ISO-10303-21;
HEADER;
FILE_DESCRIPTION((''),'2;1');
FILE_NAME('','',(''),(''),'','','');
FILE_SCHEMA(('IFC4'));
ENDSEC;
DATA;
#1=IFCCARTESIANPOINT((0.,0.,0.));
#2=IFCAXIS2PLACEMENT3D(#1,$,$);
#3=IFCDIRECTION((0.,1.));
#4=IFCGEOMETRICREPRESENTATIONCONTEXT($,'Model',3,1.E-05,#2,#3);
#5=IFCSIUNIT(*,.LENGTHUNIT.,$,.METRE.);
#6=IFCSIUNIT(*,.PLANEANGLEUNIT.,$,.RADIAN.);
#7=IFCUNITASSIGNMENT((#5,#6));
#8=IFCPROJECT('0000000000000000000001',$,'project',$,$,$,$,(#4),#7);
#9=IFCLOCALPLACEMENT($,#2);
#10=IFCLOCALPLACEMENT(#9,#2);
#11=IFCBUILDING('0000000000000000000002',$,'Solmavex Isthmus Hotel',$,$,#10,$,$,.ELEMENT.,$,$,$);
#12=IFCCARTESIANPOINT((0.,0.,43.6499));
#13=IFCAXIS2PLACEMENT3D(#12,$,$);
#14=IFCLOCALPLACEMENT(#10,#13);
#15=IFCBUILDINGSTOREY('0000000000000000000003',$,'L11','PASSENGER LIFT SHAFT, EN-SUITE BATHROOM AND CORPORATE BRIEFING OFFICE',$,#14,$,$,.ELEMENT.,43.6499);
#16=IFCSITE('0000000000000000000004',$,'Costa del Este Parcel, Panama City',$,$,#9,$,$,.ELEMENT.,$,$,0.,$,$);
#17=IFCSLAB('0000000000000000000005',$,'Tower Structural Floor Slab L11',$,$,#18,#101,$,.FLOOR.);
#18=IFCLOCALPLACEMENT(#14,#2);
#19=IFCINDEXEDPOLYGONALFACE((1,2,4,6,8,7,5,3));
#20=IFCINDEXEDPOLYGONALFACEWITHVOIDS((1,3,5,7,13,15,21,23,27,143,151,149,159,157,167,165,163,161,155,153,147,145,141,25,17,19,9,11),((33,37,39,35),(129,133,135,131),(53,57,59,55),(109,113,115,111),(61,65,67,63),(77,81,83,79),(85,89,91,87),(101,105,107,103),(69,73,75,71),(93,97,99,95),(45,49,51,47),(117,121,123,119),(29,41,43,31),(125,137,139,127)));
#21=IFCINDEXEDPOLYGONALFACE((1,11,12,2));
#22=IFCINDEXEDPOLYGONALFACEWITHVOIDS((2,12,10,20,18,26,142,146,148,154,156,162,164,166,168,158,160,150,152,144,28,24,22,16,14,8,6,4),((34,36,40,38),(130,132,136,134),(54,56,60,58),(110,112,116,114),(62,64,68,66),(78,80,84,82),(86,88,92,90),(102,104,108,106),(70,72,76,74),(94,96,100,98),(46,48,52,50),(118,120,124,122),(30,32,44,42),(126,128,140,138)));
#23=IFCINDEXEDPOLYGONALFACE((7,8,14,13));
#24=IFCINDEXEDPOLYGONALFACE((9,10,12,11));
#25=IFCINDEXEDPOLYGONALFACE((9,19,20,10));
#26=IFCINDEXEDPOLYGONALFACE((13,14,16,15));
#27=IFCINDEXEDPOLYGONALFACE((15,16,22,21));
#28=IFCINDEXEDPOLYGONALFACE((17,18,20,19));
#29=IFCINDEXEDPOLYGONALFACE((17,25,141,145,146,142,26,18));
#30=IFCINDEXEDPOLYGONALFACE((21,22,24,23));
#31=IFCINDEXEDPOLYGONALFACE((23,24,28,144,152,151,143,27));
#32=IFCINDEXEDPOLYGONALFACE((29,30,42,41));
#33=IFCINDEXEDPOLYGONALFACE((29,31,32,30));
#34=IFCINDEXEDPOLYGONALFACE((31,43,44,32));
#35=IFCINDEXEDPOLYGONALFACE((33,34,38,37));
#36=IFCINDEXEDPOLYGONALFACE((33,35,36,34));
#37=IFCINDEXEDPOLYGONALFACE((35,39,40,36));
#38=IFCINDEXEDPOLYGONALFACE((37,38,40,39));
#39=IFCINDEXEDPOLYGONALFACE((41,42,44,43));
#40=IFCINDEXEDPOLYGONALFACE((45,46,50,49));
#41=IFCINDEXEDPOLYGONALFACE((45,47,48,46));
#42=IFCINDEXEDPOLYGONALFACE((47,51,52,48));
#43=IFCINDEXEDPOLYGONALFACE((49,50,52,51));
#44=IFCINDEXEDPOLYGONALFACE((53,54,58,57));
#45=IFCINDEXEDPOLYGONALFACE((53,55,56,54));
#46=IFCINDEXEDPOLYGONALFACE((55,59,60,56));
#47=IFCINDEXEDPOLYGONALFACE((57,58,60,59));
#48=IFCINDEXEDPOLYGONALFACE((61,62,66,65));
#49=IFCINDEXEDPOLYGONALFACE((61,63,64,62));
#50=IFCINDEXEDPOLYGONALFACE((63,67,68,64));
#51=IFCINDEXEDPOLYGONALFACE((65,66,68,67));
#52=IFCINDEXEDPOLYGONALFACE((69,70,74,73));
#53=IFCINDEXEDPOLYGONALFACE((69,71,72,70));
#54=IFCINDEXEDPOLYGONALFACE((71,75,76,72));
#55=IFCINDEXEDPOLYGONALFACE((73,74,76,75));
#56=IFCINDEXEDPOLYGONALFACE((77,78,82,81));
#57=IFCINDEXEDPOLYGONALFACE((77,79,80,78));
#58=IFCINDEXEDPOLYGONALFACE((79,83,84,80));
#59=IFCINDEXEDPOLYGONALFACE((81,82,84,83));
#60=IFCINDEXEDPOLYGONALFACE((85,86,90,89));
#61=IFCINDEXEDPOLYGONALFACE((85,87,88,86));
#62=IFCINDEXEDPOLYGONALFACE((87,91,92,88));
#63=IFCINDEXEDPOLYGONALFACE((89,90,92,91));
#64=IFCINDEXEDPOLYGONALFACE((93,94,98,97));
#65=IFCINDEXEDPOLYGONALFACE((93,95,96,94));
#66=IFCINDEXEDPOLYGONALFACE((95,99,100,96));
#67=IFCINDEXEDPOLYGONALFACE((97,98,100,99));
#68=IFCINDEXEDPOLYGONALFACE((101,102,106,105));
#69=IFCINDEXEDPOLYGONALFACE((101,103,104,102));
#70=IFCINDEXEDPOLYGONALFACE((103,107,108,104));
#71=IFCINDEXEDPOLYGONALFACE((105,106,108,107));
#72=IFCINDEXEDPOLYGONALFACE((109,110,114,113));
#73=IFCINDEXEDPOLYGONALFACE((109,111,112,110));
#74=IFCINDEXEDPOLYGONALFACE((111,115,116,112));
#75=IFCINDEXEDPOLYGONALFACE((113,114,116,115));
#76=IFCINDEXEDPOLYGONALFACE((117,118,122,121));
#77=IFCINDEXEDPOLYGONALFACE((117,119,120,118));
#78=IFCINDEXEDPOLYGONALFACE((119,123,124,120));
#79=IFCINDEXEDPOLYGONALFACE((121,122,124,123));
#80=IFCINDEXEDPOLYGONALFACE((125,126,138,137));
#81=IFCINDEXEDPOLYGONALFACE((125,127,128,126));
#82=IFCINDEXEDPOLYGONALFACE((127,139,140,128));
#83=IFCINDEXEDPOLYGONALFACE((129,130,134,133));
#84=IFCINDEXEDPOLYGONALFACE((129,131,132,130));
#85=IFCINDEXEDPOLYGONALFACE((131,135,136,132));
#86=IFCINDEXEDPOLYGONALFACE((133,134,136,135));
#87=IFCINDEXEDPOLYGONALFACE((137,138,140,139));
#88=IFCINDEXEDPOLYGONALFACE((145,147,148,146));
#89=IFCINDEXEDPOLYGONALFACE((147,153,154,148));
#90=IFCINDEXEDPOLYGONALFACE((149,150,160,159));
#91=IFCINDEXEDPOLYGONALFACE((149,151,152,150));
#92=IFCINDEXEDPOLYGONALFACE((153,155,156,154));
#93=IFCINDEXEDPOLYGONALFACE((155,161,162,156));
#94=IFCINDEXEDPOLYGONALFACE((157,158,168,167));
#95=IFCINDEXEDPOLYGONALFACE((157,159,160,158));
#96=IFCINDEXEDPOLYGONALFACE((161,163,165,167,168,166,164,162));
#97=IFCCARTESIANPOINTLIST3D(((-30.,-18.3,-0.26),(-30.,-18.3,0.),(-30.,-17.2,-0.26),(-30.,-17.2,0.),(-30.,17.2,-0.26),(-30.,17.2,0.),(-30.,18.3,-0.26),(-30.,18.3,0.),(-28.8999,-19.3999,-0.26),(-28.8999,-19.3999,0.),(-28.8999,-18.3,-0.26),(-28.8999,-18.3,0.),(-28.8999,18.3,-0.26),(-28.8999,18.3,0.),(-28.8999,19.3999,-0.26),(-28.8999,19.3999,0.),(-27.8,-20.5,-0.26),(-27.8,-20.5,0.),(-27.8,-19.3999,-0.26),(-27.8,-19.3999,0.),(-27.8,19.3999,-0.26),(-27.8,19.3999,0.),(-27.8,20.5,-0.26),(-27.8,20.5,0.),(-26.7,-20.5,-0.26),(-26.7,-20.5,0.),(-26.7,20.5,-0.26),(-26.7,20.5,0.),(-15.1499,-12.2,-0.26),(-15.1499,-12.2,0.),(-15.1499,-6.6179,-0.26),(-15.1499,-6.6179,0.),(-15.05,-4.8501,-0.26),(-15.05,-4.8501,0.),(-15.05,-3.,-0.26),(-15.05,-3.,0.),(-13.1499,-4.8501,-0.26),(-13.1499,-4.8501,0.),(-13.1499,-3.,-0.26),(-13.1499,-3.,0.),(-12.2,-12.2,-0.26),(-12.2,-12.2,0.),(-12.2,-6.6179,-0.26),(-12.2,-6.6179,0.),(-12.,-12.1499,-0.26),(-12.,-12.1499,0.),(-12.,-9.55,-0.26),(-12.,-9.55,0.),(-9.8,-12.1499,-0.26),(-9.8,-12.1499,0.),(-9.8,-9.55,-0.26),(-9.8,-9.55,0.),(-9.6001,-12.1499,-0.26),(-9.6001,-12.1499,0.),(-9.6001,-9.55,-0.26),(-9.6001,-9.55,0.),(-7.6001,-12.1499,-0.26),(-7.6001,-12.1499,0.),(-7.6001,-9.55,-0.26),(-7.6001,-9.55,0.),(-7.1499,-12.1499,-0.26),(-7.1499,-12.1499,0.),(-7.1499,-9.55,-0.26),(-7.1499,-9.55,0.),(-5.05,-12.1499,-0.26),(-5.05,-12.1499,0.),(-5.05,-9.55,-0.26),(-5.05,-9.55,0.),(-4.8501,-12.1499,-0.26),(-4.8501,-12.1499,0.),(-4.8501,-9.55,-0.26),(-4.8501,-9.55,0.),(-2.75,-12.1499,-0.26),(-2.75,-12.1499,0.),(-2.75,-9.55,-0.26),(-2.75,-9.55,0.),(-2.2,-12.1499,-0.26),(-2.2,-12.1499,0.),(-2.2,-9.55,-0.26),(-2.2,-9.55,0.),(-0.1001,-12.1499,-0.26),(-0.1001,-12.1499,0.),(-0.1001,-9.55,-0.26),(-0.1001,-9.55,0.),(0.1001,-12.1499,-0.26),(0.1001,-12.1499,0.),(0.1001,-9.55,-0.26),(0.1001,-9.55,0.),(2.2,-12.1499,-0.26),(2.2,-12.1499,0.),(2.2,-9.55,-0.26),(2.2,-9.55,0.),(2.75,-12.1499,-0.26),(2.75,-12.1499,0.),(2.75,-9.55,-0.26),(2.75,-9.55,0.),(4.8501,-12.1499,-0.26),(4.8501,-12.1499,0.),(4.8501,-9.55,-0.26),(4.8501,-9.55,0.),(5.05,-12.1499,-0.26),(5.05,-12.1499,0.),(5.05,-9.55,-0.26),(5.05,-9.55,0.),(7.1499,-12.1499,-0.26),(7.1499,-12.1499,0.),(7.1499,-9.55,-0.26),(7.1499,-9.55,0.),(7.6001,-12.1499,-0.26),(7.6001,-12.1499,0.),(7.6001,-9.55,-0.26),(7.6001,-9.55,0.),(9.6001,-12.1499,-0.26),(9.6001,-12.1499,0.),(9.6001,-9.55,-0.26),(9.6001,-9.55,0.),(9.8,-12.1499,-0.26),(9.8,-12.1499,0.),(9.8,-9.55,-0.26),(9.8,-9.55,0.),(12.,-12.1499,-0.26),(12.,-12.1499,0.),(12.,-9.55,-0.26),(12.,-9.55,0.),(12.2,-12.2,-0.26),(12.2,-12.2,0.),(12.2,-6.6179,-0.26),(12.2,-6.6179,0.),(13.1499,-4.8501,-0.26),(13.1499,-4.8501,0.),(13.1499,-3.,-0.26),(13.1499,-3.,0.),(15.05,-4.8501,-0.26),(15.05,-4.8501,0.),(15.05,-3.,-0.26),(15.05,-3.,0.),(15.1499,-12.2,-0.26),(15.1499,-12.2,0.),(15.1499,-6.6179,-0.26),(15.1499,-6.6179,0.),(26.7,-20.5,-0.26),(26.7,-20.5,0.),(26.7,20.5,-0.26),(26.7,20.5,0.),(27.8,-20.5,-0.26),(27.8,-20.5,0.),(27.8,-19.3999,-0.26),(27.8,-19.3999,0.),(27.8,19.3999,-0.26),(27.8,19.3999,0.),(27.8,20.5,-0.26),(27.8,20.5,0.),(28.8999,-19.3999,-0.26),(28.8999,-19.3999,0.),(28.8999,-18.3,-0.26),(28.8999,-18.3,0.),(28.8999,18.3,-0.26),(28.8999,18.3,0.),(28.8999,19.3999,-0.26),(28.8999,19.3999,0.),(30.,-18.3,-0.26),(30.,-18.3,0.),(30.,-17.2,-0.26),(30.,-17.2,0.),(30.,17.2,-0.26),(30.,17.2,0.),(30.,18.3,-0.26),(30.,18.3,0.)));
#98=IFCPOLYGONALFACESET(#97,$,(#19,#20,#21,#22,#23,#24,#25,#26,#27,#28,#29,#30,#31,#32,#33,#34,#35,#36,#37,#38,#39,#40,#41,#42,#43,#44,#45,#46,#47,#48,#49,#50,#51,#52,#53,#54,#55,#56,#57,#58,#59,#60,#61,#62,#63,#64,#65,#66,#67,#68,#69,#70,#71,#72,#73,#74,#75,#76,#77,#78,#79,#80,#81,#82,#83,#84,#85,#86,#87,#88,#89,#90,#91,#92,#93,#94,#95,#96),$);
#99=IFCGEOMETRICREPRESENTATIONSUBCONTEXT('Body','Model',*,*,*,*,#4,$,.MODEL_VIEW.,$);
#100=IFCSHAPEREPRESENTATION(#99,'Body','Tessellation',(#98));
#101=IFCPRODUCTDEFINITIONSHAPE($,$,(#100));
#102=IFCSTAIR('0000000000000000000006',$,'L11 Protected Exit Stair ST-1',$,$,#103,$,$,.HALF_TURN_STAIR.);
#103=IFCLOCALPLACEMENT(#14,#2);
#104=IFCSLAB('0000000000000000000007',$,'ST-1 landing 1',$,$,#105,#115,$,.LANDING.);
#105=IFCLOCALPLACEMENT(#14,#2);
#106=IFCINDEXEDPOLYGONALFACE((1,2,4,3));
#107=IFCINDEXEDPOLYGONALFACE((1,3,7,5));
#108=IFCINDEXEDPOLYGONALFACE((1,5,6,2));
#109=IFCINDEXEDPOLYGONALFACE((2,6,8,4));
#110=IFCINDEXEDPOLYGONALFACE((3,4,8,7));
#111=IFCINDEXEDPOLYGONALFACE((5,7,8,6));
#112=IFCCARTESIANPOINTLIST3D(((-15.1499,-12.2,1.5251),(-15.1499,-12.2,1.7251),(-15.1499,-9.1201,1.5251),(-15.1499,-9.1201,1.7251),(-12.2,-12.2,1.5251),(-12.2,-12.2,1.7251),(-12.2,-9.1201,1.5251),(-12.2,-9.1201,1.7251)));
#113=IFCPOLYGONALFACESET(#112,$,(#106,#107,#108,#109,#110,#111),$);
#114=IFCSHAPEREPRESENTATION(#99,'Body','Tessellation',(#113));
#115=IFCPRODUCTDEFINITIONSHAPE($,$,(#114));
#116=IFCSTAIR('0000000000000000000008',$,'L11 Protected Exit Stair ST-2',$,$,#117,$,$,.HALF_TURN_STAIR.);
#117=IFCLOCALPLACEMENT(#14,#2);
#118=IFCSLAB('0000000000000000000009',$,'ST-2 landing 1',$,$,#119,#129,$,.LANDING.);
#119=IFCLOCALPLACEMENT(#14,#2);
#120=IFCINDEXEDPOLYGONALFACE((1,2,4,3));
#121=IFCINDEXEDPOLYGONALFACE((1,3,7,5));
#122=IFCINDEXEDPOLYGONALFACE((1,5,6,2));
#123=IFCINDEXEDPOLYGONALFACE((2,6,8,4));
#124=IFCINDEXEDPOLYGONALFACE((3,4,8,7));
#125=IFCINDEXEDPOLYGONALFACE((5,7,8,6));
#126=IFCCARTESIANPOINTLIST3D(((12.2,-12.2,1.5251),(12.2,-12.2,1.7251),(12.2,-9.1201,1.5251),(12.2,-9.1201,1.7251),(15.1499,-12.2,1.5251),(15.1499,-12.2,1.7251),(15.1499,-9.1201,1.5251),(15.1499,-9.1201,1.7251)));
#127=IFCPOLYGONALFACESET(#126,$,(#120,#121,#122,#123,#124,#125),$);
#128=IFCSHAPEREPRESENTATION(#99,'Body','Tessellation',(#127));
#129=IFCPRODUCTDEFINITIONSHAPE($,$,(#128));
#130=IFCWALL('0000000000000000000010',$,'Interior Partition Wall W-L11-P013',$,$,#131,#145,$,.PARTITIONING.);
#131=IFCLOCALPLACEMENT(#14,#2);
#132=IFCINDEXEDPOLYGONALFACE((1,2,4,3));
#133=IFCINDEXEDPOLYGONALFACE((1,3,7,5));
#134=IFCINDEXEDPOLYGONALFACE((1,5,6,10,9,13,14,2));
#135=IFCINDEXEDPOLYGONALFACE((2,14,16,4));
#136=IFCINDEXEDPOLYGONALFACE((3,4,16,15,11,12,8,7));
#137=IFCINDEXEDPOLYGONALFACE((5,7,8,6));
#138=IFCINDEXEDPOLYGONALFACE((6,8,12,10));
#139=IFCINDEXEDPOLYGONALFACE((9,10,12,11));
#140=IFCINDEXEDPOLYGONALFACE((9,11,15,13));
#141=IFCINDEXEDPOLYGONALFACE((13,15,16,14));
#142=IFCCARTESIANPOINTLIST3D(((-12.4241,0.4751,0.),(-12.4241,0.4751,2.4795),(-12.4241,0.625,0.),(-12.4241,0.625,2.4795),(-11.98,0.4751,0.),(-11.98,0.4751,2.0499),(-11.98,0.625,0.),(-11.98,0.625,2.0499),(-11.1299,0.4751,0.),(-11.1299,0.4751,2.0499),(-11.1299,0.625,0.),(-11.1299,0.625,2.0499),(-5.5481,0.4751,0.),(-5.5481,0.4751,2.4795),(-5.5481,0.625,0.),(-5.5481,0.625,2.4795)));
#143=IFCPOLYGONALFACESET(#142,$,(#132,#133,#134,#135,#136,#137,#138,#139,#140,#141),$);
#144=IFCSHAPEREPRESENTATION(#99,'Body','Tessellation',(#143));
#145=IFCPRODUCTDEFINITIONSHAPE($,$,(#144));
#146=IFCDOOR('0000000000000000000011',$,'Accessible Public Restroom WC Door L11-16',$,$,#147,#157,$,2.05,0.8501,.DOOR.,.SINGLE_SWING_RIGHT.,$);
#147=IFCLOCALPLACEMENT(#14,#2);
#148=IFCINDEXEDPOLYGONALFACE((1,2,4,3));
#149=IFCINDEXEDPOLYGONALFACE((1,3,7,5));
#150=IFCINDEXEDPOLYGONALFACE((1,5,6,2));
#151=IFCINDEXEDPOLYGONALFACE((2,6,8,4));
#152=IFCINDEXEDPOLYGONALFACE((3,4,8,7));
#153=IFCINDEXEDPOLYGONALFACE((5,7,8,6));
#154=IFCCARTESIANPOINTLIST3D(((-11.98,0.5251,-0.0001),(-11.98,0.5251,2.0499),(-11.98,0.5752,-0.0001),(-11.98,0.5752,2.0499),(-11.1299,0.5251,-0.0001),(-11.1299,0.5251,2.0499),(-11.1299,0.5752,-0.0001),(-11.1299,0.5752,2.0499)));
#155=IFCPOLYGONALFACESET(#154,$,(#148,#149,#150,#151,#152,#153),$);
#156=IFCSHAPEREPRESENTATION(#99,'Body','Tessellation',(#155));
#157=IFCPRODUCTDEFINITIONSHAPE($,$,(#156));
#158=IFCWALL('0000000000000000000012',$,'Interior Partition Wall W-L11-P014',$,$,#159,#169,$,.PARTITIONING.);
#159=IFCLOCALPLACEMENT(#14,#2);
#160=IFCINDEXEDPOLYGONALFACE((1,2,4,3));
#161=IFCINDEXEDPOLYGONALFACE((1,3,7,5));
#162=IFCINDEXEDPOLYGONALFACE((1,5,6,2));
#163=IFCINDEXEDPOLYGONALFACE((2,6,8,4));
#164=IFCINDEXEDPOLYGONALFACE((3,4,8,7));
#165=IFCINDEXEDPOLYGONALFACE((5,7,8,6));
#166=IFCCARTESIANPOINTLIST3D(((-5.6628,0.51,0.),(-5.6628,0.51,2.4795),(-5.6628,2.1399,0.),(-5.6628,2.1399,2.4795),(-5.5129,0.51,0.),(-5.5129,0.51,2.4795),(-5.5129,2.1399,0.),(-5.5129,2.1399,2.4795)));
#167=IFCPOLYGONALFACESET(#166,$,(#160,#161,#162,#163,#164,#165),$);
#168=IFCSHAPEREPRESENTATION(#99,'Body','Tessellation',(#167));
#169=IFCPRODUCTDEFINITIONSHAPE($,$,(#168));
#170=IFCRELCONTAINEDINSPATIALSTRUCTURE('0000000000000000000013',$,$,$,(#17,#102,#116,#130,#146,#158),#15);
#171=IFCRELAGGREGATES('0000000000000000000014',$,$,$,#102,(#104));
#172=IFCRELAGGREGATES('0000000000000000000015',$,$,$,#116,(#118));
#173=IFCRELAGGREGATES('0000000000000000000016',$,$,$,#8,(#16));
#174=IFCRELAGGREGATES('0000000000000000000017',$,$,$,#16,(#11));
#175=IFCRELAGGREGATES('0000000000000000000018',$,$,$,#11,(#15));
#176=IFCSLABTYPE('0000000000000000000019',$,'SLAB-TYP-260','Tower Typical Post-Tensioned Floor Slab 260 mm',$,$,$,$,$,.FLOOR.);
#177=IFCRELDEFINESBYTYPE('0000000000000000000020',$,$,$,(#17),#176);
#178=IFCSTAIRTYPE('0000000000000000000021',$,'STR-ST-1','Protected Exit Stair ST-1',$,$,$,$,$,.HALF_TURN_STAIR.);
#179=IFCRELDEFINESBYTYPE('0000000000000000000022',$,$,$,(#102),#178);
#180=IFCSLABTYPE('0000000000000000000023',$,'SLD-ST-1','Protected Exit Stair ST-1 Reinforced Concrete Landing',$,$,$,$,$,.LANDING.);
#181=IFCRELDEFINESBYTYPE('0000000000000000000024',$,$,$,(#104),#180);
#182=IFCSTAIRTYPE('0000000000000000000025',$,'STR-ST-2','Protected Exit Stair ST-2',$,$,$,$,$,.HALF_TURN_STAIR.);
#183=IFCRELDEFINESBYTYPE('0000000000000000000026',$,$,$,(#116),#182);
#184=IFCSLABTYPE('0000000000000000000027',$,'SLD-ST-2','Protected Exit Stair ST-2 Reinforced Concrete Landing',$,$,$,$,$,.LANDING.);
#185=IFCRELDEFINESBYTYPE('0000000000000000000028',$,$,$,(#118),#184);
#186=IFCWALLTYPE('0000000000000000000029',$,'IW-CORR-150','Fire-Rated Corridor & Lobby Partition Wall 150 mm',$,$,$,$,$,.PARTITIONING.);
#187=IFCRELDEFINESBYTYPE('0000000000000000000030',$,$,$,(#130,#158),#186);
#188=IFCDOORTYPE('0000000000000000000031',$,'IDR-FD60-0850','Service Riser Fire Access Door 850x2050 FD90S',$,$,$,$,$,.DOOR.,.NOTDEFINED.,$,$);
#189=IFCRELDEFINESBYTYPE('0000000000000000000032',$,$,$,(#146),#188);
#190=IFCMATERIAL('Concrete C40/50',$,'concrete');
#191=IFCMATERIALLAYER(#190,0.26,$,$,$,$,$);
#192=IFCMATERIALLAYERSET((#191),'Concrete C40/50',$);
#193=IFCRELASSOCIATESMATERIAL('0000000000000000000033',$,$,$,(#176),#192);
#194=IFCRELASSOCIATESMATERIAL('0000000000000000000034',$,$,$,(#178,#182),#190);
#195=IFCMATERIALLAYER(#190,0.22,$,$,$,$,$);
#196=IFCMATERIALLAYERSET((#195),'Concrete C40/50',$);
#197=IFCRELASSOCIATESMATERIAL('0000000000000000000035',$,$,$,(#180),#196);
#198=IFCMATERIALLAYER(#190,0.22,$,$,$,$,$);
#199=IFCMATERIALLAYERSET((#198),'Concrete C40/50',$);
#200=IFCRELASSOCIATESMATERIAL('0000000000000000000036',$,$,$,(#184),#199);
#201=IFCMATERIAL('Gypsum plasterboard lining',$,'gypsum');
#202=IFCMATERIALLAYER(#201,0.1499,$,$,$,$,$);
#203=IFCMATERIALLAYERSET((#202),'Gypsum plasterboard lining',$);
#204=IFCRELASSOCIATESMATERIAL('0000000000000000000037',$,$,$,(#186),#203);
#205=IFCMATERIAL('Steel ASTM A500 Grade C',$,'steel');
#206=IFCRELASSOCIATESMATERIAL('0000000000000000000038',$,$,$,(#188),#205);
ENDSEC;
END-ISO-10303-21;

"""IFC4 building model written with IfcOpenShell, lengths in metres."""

from ifc_helpers import new_model, si_unit, direction, frame, frame_2d, origin, place, context, subcontext, project, spatial, polyline, rectangle, outline, extrude, material, layer, layer_set, type_object, element, fill, aggregate, save


model = new_model("IFC4")

# Units and contexts
model_context = context("Model", 3, precision=1e-05, world=origin(), true_north=direction((0.0, 1.0)))
body_context = subcontext(model_context, "Body", "Model", "MODEL_VIEW")
ifc_project = project(units=[si_unit("LENGTHUNIT", "METRE"), si_unit("PLANEANGLEUNIT", "RADIAN")], contexts=[model_context])

# Site, building, storey
site_placement = place(None, origin())
site = spatial("IfcSite", under=ifc_project, at=site_placement, Name="Costa del Este Parcel, Panama City", CompositionType="ELEMENT", RefElevation=0.0)
building_placement = place(site_placement, origin())
building = spatial("IfcBuilding", under=site, at=building_placement, Name="Solmavex Isthmus Hotel", CompositionType="ELEMENT")
storey_placement = place(building_placement, frame((0.0, 0.0, 43.6499)))
storey = spatial("IfcBuildingStorey", under=building, at=storey_placement, Name="L11", Description="PASSENGER LIFT SHAFT, EN-SUITE BATHROOM AND CORPORATE BRIEFING OFFICE", CompositionType="ELEMENT", Elevation=43.6499)

# Slab
ifc_material_1 = material(Name="Concrete C40/50", Category="concrete")
ifc_layer_1 = layer(ifc_material_1, 0.26)
ifc_layer_set_1 = layer_set([ifc_layer_1], Name="Concrete C40/50")
slab_type_1 = type_object("IfcSlabType", Name="SLAB-TYP-260", Description="Tower Typical Post-Tensioned Floor Slab 260 mm", PredefinedType="FLOOR", material=ifc_layer_set_1)
slab_1_placement = place(storey_placement, frame((0.0, 0.0, -0.26)))
element("IfcSlab", 1, at=slab_1_placement, inside=storey, type_object=slab_type_1, Name="Tower Structural Floor Slab L11", PredefinedType="FLOOR", context=body_context, shape_type="SweptSolid", body=[
    extrude(outline(polyline([(-26.7, -20.5), (26.7, -20.5), (27.8, -20.5), (27.8, -19.3999), (28.8999, -19.3999), (28.8999, -18.3), (30.0, -18.3), (30.0, -17.2), (30.0, 17.2), (30.0, 18.3), (28.8999, 18.3), (28.8999, 19.3999), (27.8, 19.3999), (27.8, 20.5), (26.7, 20.5), (-26.7, 20.5), (-27.8, 20.5), (-27.8, 19.3999), (-28.8999, 19.3999), (-28.8999, 18.3), (-30.0, 18.3), (-30.0, 17.2), (-30.0, -17.2), (-30.0, -18.3), (-28.8999, -18.3), (-28.8999, -19.3999), (-27.8, -19.3999), (-27.8, -20.5), (-26.7, -20.5)]), holes=[polyline([(-15.1499, -6.6179), (-15.1499, -12.2), (-12.2, -12.2), (-12.2, -6.6179), (-15.1499, -6.6179)]), polyline([(12.2, -6.6179), (12.2, -12.2), (15.1499, -12.2), (15.1499, -6.6179), (12.2, -6.6179)]), polyline([(-12.0, -12.1499), (-9.8, -12.1499), (-9.8, -9.55), (-12.0, -9.55), (-12.0, -12.1499)]), polyline([(9.8, -12.1499), (12.0, -12.1499), (12.0, -9.55), (9.8, -9.55), (9.8, -12.1499)]), polyline([(-9.6001, -12.1499), (-7.6001, -12.1499), (-7.6001, -9.55), (-9.6001, -9.55), (-9.6001, -12.1499)]), polyline([(7.6001, -12.1499), (9.6001, -12.1499), (9.6001, -9.55), (7.6001, -9.55), (7.6001, -12.1499)]), polyline([(-7.1499, -12.1499), (-5.05, -12.1499), (-5.05, -9.55), (-7.1499, -9.55), (-7.1499, -12.1499)]), polyline([(-4.8501, -12.1499), (-2.75, -12.1499), (-2.75, -9.55), (-4.8501, -9.55), (-4.8501, -12.1499)]), polyline([(-2.2, -12.1499), (-0.1001, -12.1499), (-0.1001, -9.55), (-2.2, -9.55), (-2.2, -12.1499)]), polyline([(0.1001, -12.1499), (2.2, -12.1499), (2.2, -9.55), (0.1001, -9.55), (0.1001, -12.1499)]), polyline([(2.75, -12.1499), (4.8501, -12.1499), (4.8501, -9.55), (2.75, -9.55), (2.75, -12.1499)]), polyline([(5.05, -12.1499), (7.1499, -12.1499), (7.1499, -9.55), (5.05, -9.55), (5.05, -12.1499)]), polyline([(-15.05, -4.8501), (-13.1499, -4.8501), (-13.1499, -3.0), (-15.05, -3.0), (-15.05, -4.8501)]), polyline([(13.1499, -4.8501), (15.05, -4.8501), (15.05, -3.0), (13.1499, -3.0), (13.1499, -4.8501)])]), origin(), (0.0, 0.0, 1.0), 0.26),
])

# Stairs, slabs
stair_type_1 = type_object("IfcStairType", Name="STR-ST-1", Description="Protected Exit Stair ST-1", PredefinedType="HALF_TURN_STAIR", material=ifc_material_1)
stair_1_placement = place(storey_placement, origin())
stair_1 = element("IfcStair", 2, at=stair_1_placement, inside=storey, type_object=stair_type_1, Name="L11 Protected Exit Stair ST-1", PredefinedType="HALF_TURN_STAIR")
ifc_layer_2 = layer(ifc_material_1, 0.22)
ifc_layer_set_2 = layer_set([ifc_layer_2], Name="Concrete C40/50")
slab_type_2 = type_object("IfcSlabType", Name="SLD-ST-1", Description="Protected Exit Stair ST-1 Reinforced Concrete Landing", PredefinedType="LANDING", material=ifc_layer_set_2)
slab_2_placement = place(storey_placement, frame((0.0, 0.0, 1.5251)))
slab_2 = element("IfcSlab", 3, at=slab_2_placement, type_object=slab_type_2, Name="ST-1 landing 1", PredefinedType="LANDING", context=body_context, shape_type="SweptSolid", body=[
    extrude(outline(polyline([(-15.1499, -9.1201), (-15.1499, -12.2), (-12.2, -12.2), (-12.2, -9.1201), (-15.1499, -9.1201)])), origin(), (0.0, 0.0, 1.0), 0.2),
])
aggregate(stair_1, [slab_2])
stair_type_2 = type_object("IfcStairType", Name="STR-ST-2", Description="Protected Exit Stair ST-2", PredefinedType="HALF_TURN_STAIR", material=ifc_material_1)
stair_2_placement = place(storey_placement, origin())
stair_2 = element("IfcStair", 4, at=stair_2_placement, inside=storey, type_object=stair_type_2, Name="L11 Protected Exit Stair ST-2", PredefinedType="HALF_TURN_STAIR")
ifc_layer_3 = layer(ifc_material_1, 0.22)
ifc_layer_set_3 = layer_set([ifc_layer_3], Name="Concrete C40/50")
slab_type_3 = type_object("IfcSlabType", Name="SLD-ST-2", Description="Protected Exit Stair ST-2 Reinforced Concrete Landing", PredefinedType="LANDING", material=ifc_layer_set_3)
slab_3_placement = place(storey_placement, frame((0.0, 0.0, 1.5251)))
slab_3 = element("IfcSlab", 5, at=slab_3_placement, type_object=slab_type_3, Name="ST-2 landing 1", PredefinedType="LANDING", context=body_context, shape_type="SweptSolid", body=[
    extrude(outline(polyline([(12.2, -9.1201), (12.2, -12.2), (15.1499, -12.2), (15.1499, -9.1201), (12.2, -9.1201)])), origin(), (0.0, 0.0, 1.0), 0.2),
])
aggregate(stair_2, [slab_3])

# Wall, opening, door
ifc_material_2 = material(Name="Gypsum plasterboard lining", Category="gypsum")
ifc_layer_4 = layer(ifc_material_2, 0.1499)
ifc_layer_set_4 = layer_set([ifc_layer_4], Name="Gypsum plasterboard lining")
wall_type = type_object("IfcWallType", Name="IW-CORR-150", Description="Fire-Rated Corridor & Lobby Partition Wall 150 mm", PredefinedType="PARTITIONING", material=ifc_layer_set_4)
wall_1_placement = place(storey_placement, frame((-12.4241, 0.55, 0.0), z_axis=(0.0, 0.0, 1.0), x_axis=(1.0, 0.0, 0.0)))
wall_1 = element("IfcWall", 6, at=wall_1_placement, inside=storey, type_object=wall_type, Name="Interior Partition Wall W-L11-P013", PredefinedType="PARTITIONING", context=body_context, shape_type="SweptSolid", body=[
    extrude(rectangle(XDim=6.876, YDim=0.1499, at=frame_2d((3.438, 0.0))), origin(), (0.0, 0.0, 1.0), 2.4795),
])
opening_1_placement = place(wall_1_placement, frame((0.4441, 0.0, 0.0)))
opening_1 = element("IfcOpeningElement", 7, at=opening_1_placement, cuts=wall_1, PredefinedType="OPENING", context=body_context, shape_type="SweptSolid", body=[
    extrude(rectangle(XDim=0.8501, YDim=2.05, at=frame_2d((0.425, 1.0249))), frame((0.0, 0.085, 0.0), z_axis=(0.0, -1.0, 0.0), x_axis=(1.0, 0.0, 0.0)), (0.0, 0.0, 1.0), 0.1699),
])
ifc_material_3 = material(Name="Steel ASTM A500 Grade C", Category="steel")
door_type_1 = type_object("IfcDoorType", Name="IDR-FD60-0850", Description="Service Riser Fire Access Door 850x2050 FD90S", OperationType="NOTDEFINED", PredefinedType="DOOR", material=ifc_material_3)
door_1_placement = place(opening_1_placement, frame((0.8501, 0.0, 0.0), z_axis=(0.0, 0.0, 1.0), x_axis=(-1.0, 0.0, 0.0)))
door_1 = element("IfcDoor", 8, at=door_1_placement, inside=storey, type_object=door_type_1, Name="Accessible Public Restroom WC Door L11-16", OperationType="SINGLE_SWING_RIGHT", OverallHeight=2.05, OverallWidth=0.8501, PredefinedType="DOOR", context=body_context, shape_type="SweptSolid", body=[
    extrude(rectangle(XDim=0.8501, YDim=2.05, at=frame_2d((0.425, 1.0249))), frame((0.0, 0.0249, 0.0), z_axis=(0.0, -1.0, 0.0), x_axis=(1.0, 0.0, 0.0)), (0.0, 0.0, 1.0), 0.05),
])
fill(opening_1, door_1)

# Wall
wall_2_placement = place(storey_placement, frame((-5.5879, 0.51, 0.0), z_axis=(0.0, 0.0, 1.0), x_axis=(0.0, 1.0, 0.0)))
element("IfcWall", 9, at=wall_2_placement, inside=storey, type_object=wall_type, Name="Interior Partition Wall W-L11-P014", PredefinedType="PARTITIONING", context=body_context, shape_type="SweptSolid", body=[
    extrude(rectangle(XDim=1.6299, YDim=0.1499, at=frame_2d((0.8149, 0.0))), origin(), (0.0, 0.0, 1.0), 2.4795),
])

save(model, "model.ifc")
